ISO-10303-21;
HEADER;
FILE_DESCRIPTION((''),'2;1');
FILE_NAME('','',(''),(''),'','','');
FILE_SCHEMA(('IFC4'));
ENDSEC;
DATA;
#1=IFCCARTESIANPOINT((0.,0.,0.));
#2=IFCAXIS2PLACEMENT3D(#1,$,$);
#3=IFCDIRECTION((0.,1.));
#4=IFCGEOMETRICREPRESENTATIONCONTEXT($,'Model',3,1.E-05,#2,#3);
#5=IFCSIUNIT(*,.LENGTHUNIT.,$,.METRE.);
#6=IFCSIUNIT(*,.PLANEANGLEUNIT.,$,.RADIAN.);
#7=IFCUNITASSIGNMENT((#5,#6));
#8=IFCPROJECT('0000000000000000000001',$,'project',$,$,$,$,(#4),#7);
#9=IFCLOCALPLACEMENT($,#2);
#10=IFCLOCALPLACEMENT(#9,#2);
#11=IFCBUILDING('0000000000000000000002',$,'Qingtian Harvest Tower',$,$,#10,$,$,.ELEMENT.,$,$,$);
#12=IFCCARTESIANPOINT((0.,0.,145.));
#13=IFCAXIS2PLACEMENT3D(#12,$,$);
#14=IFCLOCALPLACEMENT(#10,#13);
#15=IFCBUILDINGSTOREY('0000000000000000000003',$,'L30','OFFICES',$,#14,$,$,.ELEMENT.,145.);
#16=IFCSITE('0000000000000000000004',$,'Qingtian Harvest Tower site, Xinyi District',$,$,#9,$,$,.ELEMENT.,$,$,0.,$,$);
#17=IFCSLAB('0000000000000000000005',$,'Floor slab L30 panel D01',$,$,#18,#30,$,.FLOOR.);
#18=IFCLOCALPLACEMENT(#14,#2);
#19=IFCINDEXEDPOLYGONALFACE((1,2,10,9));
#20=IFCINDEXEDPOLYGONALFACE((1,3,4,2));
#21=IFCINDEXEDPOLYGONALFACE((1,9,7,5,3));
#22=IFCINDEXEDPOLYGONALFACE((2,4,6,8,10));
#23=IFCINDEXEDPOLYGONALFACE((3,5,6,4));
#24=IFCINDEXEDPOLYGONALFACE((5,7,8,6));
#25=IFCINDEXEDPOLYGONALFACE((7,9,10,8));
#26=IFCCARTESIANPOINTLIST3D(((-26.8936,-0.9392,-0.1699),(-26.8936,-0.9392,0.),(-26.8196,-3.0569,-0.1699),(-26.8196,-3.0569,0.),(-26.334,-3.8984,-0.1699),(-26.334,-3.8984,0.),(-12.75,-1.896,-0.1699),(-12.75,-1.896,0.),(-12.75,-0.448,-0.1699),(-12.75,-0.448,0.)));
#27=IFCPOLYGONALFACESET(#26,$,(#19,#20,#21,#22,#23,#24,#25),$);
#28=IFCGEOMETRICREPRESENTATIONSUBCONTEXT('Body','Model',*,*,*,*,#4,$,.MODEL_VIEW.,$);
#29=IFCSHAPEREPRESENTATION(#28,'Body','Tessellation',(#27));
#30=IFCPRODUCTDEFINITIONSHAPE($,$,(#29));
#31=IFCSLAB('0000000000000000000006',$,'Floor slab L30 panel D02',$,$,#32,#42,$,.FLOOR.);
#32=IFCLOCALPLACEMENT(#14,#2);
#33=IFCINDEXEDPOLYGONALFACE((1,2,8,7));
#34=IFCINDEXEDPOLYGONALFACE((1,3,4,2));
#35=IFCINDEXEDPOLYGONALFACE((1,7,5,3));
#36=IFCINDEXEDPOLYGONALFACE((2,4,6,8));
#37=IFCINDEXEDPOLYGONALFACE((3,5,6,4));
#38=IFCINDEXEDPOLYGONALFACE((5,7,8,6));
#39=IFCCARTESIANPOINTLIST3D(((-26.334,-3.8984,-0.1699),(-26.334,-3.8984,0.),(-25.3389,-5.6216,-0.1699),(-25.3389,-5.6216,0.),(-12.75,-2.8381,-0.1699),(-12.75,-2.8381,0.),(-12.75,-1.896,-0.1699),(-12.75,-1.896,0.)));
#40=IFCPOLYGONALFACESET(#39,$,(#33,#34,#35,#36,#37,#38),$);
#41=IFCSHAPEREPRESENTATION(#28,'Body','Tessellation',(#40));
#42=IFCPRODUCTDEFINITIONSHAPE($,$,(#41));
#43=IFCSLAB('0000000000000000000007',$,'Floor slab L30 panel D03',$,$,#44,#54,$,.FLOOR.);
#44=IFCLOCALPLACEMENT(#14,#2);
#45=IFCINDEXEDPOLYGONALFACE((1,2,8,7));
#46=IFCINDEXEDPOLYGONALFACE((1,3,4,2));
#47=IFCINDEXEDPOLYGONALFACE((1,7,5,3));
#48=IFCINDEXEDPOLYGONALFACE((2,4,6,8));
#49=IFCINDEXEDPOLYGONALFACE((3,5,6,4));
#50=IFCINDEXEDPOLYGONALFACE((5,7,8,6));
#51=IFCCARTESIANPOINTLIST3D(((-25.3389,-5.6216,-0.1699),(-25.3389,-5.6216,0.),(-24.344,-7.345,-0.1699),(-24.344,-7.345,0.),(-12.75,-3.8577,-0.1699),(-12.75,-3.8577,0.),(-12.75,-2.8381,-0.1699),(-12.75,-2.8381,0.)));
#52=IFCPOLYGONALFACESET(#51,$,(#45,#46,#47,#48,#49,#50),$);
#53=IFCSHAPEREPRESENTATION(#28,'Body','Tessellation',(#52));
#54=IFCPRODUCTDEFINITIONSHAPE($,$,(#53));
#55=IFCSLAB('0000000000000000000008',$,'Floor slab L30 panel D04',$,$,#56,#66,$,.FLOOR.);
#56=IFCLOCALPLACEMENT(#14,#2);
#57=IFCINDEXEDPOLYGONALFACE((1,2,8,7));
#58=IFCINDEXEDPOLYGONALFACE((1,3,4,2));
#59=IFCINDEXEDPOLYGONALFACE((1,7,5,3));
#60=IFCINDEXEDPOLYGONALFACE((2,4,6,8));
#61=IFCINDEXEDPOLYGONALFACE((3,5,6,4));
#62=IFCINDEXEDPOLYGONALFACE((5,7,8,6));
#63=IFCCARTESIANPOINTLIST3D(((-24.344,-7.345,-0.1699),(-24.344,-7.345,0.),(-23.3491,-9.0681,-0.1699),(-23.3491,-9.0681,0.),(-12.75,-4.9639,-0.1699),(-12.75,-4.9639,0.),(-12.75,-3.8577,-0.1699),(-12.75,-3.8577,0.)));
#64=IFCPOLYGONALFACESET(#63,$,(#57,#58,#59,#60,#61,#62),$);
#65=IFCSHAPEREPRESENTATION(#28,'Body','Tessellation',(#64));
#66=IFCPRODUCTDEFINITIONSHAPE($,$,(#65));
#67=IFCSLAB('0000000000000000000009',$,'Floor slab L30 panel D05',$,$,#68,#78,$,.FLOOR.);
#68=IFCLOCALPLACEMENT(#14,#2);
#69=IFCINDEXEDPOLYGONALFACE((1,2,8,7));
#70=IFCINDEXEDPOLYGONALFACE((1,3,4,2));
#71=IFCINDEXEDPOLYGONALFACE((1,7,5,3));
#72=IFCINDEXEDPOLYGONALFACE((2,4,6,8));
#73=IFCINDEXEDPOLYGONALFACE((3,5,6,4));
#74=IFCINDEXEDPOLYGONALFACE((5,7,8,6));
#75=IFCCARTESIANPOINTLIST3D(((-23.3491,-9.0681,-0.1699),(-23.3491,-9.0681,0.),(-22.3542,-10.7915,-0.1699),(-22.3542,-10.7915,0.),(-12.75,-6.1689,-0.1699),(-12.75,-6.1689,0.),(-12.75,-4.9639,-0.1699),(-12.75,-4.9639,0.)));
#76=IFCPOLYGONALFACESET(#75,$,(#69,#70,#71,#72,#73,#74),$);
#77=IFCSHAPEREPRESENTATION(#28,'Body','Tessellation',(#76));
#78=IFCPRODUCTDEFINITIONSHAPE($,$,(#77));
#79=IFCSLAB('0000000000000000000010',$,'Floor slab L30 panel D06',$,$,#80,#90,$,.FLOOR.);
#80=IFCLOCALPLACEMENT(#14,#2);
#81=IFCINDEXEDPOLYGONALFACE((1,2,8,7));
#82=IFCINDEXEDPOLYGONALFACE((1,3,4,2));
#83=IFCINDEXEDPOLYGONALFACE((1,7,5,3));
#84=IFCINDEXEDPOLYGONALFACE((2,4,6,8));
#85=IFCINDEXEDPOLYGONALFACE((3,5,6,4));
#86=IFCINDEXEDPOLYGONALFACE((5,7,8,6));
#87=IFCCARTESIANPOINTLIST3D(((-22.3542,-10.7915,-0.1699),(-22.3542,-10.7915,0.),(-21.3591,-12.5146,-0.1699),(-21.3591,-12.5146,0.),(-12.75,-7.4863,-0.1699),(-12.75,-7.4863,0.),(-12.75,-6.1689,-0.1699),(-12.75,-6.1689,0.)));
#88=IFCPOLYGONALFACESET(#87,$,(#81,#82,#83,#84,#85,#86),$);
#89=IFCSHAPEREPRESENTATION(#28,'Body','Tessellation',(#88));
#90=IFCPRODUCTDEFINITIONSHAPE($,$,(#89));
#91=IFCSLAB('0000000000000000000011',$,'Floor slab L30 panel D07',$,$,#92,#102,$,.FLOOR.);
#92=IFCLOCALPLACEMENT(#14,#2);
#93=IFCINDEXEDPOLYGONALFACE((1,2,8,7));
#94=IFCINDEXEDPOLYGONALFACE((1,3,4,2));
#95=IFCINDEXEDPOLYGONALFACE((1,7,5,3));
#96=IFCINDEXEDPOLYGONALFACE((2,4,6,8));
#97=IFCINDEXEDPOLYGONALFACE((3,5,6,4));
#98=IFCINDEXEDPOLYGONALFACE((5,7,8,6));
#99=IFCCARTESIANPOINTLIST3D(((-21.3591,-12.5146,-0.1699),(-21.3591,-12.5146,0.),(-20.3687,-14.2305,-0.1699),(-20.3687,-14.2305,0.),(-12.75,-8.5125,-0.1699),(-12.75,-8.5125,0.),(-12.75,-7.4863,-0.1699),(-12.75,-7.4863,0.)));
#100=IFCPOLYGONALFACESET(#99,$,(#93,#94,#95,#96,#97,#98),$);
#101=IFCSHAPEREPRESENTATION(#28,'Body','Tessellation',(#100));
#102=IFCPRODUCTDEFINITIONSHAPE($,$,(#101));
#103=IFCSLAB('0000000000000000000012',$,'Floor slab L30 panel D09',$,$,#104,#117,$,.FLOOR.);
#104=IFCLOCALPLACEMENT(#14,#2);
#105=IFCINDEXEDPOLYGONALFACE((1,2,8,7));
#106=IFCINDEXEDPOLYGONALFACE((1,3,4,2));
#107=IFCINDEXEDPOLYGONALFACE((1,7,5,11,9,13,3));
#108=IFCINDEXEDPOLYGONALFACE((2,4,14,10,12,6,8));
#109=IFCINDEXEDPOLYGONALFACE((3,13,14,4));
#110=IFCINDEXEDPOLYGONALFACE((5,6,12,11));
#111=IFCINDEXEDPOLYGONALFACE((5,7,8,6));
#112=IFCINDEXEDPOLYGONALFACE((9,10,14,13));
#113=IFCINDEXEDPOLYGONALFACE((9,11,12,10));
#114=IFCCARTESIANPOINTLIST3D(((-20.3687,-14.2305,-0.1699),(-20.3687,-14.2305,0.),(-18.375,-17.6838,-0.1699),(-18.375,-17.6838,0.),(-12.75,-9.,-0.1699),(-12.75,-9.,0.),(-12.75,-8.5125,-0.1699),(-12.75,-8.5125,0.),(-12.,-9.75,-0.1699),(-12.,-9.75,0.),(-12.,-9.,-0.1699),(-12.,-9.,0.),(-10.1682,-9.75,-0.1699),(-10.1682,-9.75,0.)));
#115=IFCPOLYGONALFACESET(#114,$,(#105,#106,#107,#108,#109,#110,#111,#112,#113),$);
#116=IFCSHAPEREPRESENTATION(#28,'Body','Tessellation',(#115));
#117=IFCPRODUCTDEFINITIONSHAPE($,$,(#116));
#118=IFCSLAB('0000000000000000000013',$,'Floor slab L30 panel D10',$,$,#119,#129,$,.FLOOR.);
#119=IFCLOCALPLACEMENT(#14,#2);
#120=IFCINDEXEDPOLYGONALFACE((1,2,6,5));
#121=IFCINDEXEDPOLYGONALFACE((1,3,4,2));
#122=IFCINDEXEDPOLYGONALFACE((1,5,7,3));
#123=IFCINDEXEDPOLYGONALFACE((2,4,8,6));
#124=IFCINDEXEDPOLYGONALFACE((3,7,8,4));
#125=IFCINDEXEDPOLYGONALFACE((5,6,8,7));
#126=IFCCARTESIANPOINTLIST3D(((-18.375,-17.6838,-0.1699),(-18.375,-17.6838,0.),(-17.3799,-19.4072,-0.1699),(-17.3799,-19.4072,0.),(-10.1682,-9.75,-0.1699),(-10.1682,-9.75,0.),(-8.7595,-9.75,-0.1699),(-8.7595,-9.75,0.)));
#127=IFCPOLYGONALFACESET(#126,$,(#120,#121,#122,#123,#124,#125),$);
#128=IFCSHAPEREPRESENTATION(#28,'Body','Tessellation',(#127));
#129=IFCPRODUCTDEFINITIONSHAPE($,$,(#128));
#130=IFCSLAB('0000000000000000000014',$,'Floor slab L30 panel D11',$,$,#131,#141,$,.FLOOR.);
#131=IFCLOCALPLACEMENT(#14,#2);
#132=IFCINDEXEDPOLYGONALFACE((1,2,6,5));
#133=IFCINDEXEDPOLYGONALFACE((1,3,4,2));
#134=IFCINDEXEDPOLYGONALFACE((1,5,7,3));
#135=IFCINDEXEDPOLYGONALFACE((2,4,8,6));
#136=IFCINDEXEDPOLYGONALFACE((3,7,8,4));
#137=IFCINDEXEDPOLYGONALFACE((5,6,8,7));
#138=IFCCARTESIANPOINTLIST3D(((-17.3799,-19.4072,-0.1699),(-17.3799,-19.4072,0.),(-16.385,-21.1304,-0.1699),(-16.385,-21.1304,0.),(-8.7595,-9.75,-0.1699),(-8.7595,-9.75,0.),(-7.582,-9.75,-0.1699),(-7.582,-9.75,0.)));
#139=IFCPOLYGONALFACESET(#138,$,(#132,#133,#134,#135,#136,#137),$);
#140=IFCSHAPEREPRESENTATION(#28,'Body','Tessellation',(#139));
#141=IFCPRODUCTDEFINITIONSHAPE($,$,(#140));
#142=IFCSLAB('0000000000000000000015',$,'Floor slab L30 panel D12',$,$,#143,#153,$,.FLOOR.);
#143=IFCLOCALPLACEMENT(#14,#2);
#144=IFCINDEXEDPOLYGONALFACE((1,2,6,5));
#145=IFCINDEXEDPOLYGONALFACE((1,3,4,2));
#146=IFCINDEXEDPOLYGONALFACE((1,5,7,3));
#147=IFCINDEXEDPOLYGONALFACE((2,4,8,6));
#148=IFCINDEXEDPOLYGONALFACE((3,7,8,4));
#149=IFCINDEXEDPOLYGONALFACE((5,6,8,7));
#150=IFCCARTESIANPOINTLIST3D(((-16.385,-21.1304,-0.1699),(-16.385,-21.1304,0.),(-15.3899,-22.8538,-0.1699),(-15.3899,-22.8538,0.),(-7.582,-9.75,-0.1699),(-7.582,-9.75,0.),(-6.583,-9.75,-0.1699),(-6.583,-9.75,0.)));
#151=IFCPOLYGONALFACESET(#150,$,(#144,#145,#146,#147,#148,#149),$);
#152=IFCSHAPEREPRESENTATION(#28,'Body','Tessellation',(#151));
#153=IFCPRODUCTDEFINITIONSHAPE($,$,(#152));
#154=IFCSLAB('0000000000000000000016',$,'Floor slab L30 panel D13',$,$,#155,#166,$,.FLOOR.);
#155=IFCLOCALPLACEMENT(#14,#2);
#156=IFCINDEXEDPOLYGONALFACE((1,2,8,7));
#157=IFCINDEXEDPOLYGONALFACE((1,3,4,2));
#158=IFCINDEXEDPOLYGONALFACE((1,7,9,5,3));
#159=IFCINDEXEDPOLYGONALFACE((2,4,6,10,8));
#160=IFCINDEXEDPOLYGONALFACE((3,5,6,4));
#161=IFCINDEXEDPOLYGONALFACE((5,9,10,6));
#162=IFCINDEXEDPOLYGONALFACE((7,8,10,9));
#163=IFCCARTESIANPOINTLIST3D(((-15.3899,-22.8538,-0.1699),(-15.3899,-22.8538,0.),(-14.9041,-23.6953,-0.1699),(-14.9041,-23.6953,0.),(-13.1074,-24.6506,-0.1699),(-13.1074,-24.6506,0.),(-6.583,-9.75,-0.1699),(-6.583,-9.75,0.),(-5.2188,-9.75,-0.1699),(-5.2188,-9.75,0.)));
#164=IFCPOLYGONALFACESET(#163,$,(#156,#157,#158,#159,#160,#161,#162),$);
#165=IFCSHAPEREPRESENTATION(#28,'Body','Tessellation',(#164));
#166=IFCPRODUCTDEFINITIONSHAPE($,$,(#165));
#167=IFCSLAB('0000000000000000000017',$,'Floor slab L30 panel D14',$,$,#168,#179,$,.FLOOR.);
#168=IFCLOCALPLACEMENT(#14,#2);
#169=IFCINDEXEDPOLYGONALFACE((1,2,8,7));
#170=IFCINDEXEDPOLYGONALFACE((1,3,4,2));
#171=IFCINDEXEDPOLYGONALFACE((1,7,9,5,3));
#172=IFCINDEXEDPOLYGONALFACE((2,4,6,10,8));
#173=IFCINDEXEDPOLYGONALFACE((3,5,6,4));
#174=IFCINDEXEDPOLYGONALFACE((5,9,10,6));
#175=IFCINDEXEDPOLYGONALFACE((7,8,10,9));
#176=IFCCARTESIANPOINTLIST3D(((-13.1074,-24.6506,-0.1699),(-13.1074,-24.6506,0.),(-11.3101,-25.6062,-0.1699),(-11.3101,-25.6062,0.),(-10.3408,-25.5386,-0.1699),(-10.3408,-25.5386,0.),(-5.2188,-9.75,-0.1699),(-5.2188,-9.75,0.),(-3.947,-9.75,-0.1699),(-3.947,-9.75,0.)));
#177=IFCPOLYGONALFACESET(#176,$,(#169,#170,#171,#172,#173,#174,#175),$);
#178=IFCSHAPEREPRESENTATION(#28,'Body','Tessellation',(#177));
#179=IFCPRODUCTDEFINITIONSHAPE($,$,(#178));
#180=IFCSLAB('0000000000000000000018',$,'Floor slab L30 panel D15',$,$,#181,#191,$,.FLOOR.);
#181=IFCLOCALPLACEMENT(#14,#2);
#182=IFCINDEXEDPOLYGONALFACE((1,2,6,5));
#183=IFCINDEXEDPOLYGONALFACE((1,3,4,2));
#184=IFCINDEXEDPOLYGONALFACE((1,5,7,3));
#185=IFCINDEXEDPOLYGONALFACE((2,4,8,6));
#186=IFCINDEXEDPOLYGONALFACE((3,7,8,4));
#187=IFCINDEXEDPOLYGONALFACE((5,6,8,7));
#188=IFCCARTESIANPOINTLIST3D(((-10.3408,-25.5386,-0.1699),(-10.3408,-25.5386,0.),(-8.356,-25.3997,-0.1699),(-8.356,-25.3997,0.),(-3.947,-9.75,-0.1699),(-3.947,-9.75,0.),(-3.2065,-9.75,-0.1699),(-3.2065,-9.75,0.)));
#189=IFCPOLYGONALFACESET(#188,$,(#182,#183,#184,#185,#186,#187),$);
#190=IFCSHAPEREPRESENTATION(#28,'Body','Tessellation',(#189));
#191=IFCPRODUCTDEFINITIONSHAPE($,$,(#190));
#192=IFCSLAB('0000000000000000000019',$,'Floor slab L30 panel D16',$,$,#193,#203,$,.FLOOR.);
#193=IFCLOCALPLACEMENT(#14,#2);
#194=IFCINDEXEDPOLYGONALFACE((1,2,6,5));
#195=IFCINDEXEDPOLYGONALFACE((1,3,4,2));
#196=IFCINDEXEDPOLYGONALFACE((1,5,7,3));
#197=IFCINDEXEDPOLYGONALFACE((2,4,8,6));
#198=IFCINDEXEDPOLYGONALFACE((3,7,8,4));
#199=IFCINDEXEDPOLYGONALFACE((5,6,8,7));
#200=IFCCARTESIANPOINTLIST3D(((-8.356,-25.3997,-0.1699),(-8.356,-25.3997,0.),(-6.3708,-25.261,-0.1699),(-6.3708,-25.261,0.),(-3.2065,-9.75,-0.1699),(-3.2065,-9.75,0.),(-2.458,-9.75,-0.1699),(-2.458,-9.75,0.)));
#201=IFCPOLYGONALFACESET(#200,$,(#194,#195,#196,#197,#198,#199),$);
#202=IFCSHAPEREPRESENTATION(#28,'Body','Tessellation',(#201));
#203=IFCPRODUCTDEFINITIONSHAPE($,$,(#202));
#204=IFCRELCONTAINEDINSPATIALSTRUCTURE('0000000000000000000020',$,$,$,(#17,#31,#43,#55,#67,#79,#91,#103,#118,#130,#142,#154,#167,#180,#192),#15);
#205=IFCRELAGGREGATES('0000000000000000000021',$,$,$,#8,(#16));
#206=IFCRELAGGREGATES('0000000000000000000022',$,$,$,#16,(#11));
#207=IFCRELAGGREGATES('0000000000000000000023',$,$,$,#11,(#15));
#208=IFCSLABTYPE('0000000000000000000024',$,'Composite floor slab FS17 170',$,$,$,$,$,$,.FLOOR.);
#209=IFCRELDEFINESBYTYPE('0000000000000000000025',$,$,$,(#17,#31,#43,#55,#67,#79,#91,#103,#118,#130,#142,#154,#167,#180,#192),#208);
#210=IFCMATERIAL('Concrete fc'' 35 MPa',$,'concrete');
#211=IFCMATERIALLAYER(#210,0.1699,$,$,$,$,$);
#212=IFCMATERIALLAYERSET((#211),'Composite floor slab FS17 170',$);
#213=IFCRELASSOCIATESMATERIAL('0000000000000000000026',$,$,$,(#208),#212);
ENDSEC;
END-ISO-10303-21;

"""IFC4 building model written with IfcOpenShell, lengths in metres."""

from ifc_helpers import new_model, si_unit, direction, frame, origin, place, context, subcontext, project, spatial, polyline, outline, extrude, material, layer, layer_set, type_object, element, save


model = new_model("IFC4")

# Units and contexts
model_context = context("Model", 3, precision=1e-05, world=origin(), true_north=direction((0.0, 1.0)))
body_context = subcontext(model_context, "Body", "Model", "MODEL_VIEW")
ifc_project = project(units=[si_unit("LENGTHUNIT", "METRE"), si_unit("PLANEANGLEUNIT", "RADIAN")], contexts=[model_context])

# Site, building, storey
site_placement = place(None, origin())
site = spatial("IfcSite", under=ifc_project, at=site_placement, Name="Qingtian Harvest Tower site, Xinyi District", CompositionType="ELEMENT", RefElevation=0.0)
building_placement = place(site_placement, origin())
building = spatial("IfcBuilding", under=site, at=building_placement, Name="Qingtian Harvest Tower", CompositionType="ELEMENT")
storey_placement = place(building_placement, frame((0.0, 0.0, 145.0)))
storey = spatial("IfcBuildingStorey", under=building, at=storey_placement, Name="L30", Description="OFFICES", CompositionType="ELEMENT", Elevation=145.0)

# Slabs
ifc_material = material(Name="Concrete fc' 35 MPa", Category="concrete")
ifc_layer = layer(ifc_material, 0.1699)
ifc_layer_set = layer_set([ifc_layer], Name="Composite floor slab FS17 170")
slab_type = type_object("IfcSlabType", Name="Composite floor slab FS17 170", PredefinedType="FLOOR", material=ifc_layer_set)
slab_1_placement = place(storey_placement, frame((0.0, 0.0, -0.1699)))
element("IfcSlab", 1, at=slab_1_placement, inside=storey, type_object=slab_type, Name="Floor slab L30 panel D01", PredefinedType="FLOOR", context=body_context, shape_type="SweptSolid", body=[
    extrude(outline(polyline([(-26.8936, -0.9392), (-12.75, -0.448), (-12.75, -1.896), (-26.334, -3.8984), (-26.8196, -3.0569), (-26.8936, -0.9392)])), origin(), (0.0, 0.0, 1.0), 0.1699),
])
slab_2_placement = place(storey_placement, frame((0.0, 0.0, -0.1699)))
element("IfcSlab", 2, at=slab_2_placement, inside=storey, type_object=slab_type, Name="Floor slab L30 panel D02", PredefinedType="FLOOR", context=body_context, shape_type="SweptSolid", body=[
    extrude(outline(polyline([(-12.75, -2.8381), (-25.3389, -5.6216), (-26.334, -3.8984), (-12.75, -1.896), (-12.75, -2.8381)])), origin(), (0.0, 0.0, 1.0), 0.1699),
])
slab_3_placement = place(storey_placement, frame((0.0, 0.0, -0.1699)))
element("IfcSlab", 3, at=slab_3_placement, inside=storey, type_object=slab_type, Name="Floor slab L30 panel D03", PredefinedType="FLOOR", context=body_context, shape_type="SweptSolid", body=[
    extrude(outline(polyline([(-12.75, -3.8577), (-24.344, -7.345), (-25.3389, -5.6216), (-12.75, -2.8381), (-12.75, -3.8577)])), origin(), (0.0, 0.0, 1.0), 0.1699),
])
slab_4_placement = place(storey_placement, frame((0.0, 0.0, -0.1699)))
element("IfcSlab", 4, at=slab_4_placement, inside=storey, type_object=slab_type, Name="Floor slab L30 panel D04", PredefinedType="FLOOR", context=body_context, shape_type="SweptSolid", body=[
    extrude(outline(polyline([(-12.75, -4.9639), (-23.3491, -9.0681), (-24.344, -7.345), (-12.75, -3.8577), (-12.75, -4.9639)])), origin(), (0.0, 0.0, 1.0), 0.1699),
])
slab_5_placement = place(storey_placement, frame((0.0, 0.0, -0.1699)))
element("IfcSlab", 5, at=slab_5_placement, inside=storey, type_object=slab_type, Name="Floor slab L30 panel D05", PredefinedType="FLOOR", context=body_context, shape_type="SweptSolid", body=[
    extrude(outline(polyline([(-12.75, -6.1689), (-22.3542, -10.7915), (-23.3491, -9.0681), (-12.75, -4.9639), (-12.75, -6.1689)])), origin(), (0.0, 0.0, 1.0), 0.1699),
])
slab_6_placement = place(storey_placement, frame((0.0, 0.0, -0.1699)))
element("IfcSlab", 6, at=slab_6_placement, inside=storey, type_object=slab_type, Name="Floor slab L30 panel D06", PredefinedType="FLOOR", context=body_context, shape_type="SweptSolid", body=[
    extrude(outline(polyline([(-12.75, -7.4863), (-21.3591, -12.5146), (-22.3542, -10.7915), (-12.75, -6.1689), (-12.75, -7.4863)])), origin(), (0.0, 0.0, 1.0), 0.1699),
])
slab_7_placement = place(storey_placement, frame((0.0, 0.0, -0.1699)))
element("IfcSlab", 7, at=slab_7_placement, inside=storey, type_object=slab_type, Name="Floor slab L30 panel D07", PredefinedType="FLOOR", context=body_context, shape_type="SweptSolid", body=[
    extrude(outline(polyline([(-12.75, -8.5125), (-20.3687, -14.2305), (-21.3591, -12.5146), (-12.75, -7.4863), (-12.75, -8.5125)])), origin(), (0.0, 0.0, 1.0), 0.1699),
])
slab_8_placement = place(storey_placement, frame((0.0, 0.0, -0.1699)))
element("IfcSlab", 8, at=slab_8_placement, inside=storey, type_object=slab_type, Name="Floor slab L30 panel D09", PredefinedType="FLOOR", context=body_context, shape_type="SweptSolid", body=[
    extrude(outline(polyline([(-18.375, -17.6838), (-20.3687, -14.2305), (-12.75, -8.5125), (-12.75, -9.0), (-12.0, -9.0), (-12.0, -9.75), (-10.1682, -9.75), (-18.375, -17.6838)])), origin(), (0.0, 0.0, 1.0), 0.1699),
])
slab_9_placement = place(storey_placement, frame((0.0, 0.0, -0.1699)))
element("IfcSlab", 9, at=slab_9_placement, inside=storey, type_object=slab_type, Name="Floor slab L30 panel D10", PredefinedType="FLOOR", context=body_context, shape_type="SweptSolid", body=[
    extrude(outline(polyline([(-8.7595, -9.75), (-17.3799, -19.4072), (-18.375, -17.6838), (-10.1682, -9.75), (-8.7595, -9.75)])), origin(), (0.0, 0.0, 1.0), 0.1699),
])
slab_10_placement = place(storey_placement, frame((0.0, 0.0, -0.1699)))
element("IfcSlab", 10, at=slab_10_placement, inside=storey, type_object=slab_type, Name="Floor slab L30 panel D11", PredefinedType="FLOOR", context=body_context, shape_type="SweptSolid", body=[
    extrude(outline(polyline([(-7.582, -9.75), (-16.385, -21.1304), (-17.3799, -19.4072), (-8.7595, -9.75), (-7.582, -9.75)])), origin(), (0.0, 0.0, 1.0), 0.1699),
])
slab_11_placement = place(storey_placement, frame((0.0, 0.0, -0.1699)))
element("IfcSlab", 11, at=slab_11_placement, inside=storey, type_object=slab_type, Name="Floor slab L30 panel D12", PredefinedType="FLOOR", context=body_context, shape_type="SweptSolid", body=[
    extrude(outline(polyline([(-6.583, -9.75), (-15.3899, -22.8538), (-16.385, -21.1304), (-7.582, -9.75), (-6.583, -9.75)])), origin(), (0.0, 0.0, 1.0), 0.1699),
])
slab_12_placement = place(storey_placement, frame((0.0, 0.0, -0.1699)))
element("IfcSlab", 12, at=slab_12_placement, inside=storey, type_object=slab_type, Name="Floor slab L30 panel D13", PredefinedType="FLOOR", context=body_context, shape_type="SweptSolid", body=[
    extrude(outline(polyline([(-6.583, -9.75), (-5.2188, -9.75), (-13.1074, -24.6506), (-14.9041, -23.6953), (-15.3899, -22.8538), (-6.583, -9.75)])), origin(), (0.0, 0.0, 1.0), 0.1699),
])
slab_13_placement = place(storey_placement, frame((0.0, 0.0, -0.1699)))
element("IfcSlab", 13, at=slab_13_placement, inside=storey, type_object=slab_type, Name="Floor slab L30 panel D14", PredefinedType="FLOOR", context=body_context, shape_type="SweptSolid", body=[
    extrude(outline(polyline([(-5.2188, -9.75), (-3.947, -9.75), (-10.3408, -25.5386), (-11.3101, -25.6062), (-13.1074, -24.6506), (-5.2188, -9.75)])), origin(), (0.0, 0.0, 1.0), 0.1699),
])
slab_14_placement = place(storey_placement, frame((0.0, 0.0, -0.1699)))
element("IfcSlab", 14, at=slab_14_placement, inside=storey, type_object=slab_type, Name="Floor slab L30 panel D15", PredefinedType="FLOOR", context=body_context, shape_type="SweptSolid", body=[
    extrude(outline(polyline([(-3.2065, -9.75), (-8.356, -25.3997), (-10.3408, -25.5386), (-3.947, -9.75), (-3.2065, -9.75)])), origin(), (0.0, 0.0, 1.0), 0.1699),
])
slab_15_placement = place(storey_placement, frame((0.0, 0.0, -0.1699)))
element("IfcSlab", 15, at=slab_15_placement, inside=storey, type_object=slab_type, Name="Floor slab L30 panel D16", PredefinedType="FLOOR", context=body_context, shape_type="SweptSolid", body=[
    extrude(outline(polyline([(-2.458, -9.75), (-6.3708, -25.261), (-8.356, -25.3997), (-3.2065, -9.75), (-2.458, -9.75)])), origin(), (0.0, 0.0, 1.0), 0.1699),
])

save(model, "model.ifc")
